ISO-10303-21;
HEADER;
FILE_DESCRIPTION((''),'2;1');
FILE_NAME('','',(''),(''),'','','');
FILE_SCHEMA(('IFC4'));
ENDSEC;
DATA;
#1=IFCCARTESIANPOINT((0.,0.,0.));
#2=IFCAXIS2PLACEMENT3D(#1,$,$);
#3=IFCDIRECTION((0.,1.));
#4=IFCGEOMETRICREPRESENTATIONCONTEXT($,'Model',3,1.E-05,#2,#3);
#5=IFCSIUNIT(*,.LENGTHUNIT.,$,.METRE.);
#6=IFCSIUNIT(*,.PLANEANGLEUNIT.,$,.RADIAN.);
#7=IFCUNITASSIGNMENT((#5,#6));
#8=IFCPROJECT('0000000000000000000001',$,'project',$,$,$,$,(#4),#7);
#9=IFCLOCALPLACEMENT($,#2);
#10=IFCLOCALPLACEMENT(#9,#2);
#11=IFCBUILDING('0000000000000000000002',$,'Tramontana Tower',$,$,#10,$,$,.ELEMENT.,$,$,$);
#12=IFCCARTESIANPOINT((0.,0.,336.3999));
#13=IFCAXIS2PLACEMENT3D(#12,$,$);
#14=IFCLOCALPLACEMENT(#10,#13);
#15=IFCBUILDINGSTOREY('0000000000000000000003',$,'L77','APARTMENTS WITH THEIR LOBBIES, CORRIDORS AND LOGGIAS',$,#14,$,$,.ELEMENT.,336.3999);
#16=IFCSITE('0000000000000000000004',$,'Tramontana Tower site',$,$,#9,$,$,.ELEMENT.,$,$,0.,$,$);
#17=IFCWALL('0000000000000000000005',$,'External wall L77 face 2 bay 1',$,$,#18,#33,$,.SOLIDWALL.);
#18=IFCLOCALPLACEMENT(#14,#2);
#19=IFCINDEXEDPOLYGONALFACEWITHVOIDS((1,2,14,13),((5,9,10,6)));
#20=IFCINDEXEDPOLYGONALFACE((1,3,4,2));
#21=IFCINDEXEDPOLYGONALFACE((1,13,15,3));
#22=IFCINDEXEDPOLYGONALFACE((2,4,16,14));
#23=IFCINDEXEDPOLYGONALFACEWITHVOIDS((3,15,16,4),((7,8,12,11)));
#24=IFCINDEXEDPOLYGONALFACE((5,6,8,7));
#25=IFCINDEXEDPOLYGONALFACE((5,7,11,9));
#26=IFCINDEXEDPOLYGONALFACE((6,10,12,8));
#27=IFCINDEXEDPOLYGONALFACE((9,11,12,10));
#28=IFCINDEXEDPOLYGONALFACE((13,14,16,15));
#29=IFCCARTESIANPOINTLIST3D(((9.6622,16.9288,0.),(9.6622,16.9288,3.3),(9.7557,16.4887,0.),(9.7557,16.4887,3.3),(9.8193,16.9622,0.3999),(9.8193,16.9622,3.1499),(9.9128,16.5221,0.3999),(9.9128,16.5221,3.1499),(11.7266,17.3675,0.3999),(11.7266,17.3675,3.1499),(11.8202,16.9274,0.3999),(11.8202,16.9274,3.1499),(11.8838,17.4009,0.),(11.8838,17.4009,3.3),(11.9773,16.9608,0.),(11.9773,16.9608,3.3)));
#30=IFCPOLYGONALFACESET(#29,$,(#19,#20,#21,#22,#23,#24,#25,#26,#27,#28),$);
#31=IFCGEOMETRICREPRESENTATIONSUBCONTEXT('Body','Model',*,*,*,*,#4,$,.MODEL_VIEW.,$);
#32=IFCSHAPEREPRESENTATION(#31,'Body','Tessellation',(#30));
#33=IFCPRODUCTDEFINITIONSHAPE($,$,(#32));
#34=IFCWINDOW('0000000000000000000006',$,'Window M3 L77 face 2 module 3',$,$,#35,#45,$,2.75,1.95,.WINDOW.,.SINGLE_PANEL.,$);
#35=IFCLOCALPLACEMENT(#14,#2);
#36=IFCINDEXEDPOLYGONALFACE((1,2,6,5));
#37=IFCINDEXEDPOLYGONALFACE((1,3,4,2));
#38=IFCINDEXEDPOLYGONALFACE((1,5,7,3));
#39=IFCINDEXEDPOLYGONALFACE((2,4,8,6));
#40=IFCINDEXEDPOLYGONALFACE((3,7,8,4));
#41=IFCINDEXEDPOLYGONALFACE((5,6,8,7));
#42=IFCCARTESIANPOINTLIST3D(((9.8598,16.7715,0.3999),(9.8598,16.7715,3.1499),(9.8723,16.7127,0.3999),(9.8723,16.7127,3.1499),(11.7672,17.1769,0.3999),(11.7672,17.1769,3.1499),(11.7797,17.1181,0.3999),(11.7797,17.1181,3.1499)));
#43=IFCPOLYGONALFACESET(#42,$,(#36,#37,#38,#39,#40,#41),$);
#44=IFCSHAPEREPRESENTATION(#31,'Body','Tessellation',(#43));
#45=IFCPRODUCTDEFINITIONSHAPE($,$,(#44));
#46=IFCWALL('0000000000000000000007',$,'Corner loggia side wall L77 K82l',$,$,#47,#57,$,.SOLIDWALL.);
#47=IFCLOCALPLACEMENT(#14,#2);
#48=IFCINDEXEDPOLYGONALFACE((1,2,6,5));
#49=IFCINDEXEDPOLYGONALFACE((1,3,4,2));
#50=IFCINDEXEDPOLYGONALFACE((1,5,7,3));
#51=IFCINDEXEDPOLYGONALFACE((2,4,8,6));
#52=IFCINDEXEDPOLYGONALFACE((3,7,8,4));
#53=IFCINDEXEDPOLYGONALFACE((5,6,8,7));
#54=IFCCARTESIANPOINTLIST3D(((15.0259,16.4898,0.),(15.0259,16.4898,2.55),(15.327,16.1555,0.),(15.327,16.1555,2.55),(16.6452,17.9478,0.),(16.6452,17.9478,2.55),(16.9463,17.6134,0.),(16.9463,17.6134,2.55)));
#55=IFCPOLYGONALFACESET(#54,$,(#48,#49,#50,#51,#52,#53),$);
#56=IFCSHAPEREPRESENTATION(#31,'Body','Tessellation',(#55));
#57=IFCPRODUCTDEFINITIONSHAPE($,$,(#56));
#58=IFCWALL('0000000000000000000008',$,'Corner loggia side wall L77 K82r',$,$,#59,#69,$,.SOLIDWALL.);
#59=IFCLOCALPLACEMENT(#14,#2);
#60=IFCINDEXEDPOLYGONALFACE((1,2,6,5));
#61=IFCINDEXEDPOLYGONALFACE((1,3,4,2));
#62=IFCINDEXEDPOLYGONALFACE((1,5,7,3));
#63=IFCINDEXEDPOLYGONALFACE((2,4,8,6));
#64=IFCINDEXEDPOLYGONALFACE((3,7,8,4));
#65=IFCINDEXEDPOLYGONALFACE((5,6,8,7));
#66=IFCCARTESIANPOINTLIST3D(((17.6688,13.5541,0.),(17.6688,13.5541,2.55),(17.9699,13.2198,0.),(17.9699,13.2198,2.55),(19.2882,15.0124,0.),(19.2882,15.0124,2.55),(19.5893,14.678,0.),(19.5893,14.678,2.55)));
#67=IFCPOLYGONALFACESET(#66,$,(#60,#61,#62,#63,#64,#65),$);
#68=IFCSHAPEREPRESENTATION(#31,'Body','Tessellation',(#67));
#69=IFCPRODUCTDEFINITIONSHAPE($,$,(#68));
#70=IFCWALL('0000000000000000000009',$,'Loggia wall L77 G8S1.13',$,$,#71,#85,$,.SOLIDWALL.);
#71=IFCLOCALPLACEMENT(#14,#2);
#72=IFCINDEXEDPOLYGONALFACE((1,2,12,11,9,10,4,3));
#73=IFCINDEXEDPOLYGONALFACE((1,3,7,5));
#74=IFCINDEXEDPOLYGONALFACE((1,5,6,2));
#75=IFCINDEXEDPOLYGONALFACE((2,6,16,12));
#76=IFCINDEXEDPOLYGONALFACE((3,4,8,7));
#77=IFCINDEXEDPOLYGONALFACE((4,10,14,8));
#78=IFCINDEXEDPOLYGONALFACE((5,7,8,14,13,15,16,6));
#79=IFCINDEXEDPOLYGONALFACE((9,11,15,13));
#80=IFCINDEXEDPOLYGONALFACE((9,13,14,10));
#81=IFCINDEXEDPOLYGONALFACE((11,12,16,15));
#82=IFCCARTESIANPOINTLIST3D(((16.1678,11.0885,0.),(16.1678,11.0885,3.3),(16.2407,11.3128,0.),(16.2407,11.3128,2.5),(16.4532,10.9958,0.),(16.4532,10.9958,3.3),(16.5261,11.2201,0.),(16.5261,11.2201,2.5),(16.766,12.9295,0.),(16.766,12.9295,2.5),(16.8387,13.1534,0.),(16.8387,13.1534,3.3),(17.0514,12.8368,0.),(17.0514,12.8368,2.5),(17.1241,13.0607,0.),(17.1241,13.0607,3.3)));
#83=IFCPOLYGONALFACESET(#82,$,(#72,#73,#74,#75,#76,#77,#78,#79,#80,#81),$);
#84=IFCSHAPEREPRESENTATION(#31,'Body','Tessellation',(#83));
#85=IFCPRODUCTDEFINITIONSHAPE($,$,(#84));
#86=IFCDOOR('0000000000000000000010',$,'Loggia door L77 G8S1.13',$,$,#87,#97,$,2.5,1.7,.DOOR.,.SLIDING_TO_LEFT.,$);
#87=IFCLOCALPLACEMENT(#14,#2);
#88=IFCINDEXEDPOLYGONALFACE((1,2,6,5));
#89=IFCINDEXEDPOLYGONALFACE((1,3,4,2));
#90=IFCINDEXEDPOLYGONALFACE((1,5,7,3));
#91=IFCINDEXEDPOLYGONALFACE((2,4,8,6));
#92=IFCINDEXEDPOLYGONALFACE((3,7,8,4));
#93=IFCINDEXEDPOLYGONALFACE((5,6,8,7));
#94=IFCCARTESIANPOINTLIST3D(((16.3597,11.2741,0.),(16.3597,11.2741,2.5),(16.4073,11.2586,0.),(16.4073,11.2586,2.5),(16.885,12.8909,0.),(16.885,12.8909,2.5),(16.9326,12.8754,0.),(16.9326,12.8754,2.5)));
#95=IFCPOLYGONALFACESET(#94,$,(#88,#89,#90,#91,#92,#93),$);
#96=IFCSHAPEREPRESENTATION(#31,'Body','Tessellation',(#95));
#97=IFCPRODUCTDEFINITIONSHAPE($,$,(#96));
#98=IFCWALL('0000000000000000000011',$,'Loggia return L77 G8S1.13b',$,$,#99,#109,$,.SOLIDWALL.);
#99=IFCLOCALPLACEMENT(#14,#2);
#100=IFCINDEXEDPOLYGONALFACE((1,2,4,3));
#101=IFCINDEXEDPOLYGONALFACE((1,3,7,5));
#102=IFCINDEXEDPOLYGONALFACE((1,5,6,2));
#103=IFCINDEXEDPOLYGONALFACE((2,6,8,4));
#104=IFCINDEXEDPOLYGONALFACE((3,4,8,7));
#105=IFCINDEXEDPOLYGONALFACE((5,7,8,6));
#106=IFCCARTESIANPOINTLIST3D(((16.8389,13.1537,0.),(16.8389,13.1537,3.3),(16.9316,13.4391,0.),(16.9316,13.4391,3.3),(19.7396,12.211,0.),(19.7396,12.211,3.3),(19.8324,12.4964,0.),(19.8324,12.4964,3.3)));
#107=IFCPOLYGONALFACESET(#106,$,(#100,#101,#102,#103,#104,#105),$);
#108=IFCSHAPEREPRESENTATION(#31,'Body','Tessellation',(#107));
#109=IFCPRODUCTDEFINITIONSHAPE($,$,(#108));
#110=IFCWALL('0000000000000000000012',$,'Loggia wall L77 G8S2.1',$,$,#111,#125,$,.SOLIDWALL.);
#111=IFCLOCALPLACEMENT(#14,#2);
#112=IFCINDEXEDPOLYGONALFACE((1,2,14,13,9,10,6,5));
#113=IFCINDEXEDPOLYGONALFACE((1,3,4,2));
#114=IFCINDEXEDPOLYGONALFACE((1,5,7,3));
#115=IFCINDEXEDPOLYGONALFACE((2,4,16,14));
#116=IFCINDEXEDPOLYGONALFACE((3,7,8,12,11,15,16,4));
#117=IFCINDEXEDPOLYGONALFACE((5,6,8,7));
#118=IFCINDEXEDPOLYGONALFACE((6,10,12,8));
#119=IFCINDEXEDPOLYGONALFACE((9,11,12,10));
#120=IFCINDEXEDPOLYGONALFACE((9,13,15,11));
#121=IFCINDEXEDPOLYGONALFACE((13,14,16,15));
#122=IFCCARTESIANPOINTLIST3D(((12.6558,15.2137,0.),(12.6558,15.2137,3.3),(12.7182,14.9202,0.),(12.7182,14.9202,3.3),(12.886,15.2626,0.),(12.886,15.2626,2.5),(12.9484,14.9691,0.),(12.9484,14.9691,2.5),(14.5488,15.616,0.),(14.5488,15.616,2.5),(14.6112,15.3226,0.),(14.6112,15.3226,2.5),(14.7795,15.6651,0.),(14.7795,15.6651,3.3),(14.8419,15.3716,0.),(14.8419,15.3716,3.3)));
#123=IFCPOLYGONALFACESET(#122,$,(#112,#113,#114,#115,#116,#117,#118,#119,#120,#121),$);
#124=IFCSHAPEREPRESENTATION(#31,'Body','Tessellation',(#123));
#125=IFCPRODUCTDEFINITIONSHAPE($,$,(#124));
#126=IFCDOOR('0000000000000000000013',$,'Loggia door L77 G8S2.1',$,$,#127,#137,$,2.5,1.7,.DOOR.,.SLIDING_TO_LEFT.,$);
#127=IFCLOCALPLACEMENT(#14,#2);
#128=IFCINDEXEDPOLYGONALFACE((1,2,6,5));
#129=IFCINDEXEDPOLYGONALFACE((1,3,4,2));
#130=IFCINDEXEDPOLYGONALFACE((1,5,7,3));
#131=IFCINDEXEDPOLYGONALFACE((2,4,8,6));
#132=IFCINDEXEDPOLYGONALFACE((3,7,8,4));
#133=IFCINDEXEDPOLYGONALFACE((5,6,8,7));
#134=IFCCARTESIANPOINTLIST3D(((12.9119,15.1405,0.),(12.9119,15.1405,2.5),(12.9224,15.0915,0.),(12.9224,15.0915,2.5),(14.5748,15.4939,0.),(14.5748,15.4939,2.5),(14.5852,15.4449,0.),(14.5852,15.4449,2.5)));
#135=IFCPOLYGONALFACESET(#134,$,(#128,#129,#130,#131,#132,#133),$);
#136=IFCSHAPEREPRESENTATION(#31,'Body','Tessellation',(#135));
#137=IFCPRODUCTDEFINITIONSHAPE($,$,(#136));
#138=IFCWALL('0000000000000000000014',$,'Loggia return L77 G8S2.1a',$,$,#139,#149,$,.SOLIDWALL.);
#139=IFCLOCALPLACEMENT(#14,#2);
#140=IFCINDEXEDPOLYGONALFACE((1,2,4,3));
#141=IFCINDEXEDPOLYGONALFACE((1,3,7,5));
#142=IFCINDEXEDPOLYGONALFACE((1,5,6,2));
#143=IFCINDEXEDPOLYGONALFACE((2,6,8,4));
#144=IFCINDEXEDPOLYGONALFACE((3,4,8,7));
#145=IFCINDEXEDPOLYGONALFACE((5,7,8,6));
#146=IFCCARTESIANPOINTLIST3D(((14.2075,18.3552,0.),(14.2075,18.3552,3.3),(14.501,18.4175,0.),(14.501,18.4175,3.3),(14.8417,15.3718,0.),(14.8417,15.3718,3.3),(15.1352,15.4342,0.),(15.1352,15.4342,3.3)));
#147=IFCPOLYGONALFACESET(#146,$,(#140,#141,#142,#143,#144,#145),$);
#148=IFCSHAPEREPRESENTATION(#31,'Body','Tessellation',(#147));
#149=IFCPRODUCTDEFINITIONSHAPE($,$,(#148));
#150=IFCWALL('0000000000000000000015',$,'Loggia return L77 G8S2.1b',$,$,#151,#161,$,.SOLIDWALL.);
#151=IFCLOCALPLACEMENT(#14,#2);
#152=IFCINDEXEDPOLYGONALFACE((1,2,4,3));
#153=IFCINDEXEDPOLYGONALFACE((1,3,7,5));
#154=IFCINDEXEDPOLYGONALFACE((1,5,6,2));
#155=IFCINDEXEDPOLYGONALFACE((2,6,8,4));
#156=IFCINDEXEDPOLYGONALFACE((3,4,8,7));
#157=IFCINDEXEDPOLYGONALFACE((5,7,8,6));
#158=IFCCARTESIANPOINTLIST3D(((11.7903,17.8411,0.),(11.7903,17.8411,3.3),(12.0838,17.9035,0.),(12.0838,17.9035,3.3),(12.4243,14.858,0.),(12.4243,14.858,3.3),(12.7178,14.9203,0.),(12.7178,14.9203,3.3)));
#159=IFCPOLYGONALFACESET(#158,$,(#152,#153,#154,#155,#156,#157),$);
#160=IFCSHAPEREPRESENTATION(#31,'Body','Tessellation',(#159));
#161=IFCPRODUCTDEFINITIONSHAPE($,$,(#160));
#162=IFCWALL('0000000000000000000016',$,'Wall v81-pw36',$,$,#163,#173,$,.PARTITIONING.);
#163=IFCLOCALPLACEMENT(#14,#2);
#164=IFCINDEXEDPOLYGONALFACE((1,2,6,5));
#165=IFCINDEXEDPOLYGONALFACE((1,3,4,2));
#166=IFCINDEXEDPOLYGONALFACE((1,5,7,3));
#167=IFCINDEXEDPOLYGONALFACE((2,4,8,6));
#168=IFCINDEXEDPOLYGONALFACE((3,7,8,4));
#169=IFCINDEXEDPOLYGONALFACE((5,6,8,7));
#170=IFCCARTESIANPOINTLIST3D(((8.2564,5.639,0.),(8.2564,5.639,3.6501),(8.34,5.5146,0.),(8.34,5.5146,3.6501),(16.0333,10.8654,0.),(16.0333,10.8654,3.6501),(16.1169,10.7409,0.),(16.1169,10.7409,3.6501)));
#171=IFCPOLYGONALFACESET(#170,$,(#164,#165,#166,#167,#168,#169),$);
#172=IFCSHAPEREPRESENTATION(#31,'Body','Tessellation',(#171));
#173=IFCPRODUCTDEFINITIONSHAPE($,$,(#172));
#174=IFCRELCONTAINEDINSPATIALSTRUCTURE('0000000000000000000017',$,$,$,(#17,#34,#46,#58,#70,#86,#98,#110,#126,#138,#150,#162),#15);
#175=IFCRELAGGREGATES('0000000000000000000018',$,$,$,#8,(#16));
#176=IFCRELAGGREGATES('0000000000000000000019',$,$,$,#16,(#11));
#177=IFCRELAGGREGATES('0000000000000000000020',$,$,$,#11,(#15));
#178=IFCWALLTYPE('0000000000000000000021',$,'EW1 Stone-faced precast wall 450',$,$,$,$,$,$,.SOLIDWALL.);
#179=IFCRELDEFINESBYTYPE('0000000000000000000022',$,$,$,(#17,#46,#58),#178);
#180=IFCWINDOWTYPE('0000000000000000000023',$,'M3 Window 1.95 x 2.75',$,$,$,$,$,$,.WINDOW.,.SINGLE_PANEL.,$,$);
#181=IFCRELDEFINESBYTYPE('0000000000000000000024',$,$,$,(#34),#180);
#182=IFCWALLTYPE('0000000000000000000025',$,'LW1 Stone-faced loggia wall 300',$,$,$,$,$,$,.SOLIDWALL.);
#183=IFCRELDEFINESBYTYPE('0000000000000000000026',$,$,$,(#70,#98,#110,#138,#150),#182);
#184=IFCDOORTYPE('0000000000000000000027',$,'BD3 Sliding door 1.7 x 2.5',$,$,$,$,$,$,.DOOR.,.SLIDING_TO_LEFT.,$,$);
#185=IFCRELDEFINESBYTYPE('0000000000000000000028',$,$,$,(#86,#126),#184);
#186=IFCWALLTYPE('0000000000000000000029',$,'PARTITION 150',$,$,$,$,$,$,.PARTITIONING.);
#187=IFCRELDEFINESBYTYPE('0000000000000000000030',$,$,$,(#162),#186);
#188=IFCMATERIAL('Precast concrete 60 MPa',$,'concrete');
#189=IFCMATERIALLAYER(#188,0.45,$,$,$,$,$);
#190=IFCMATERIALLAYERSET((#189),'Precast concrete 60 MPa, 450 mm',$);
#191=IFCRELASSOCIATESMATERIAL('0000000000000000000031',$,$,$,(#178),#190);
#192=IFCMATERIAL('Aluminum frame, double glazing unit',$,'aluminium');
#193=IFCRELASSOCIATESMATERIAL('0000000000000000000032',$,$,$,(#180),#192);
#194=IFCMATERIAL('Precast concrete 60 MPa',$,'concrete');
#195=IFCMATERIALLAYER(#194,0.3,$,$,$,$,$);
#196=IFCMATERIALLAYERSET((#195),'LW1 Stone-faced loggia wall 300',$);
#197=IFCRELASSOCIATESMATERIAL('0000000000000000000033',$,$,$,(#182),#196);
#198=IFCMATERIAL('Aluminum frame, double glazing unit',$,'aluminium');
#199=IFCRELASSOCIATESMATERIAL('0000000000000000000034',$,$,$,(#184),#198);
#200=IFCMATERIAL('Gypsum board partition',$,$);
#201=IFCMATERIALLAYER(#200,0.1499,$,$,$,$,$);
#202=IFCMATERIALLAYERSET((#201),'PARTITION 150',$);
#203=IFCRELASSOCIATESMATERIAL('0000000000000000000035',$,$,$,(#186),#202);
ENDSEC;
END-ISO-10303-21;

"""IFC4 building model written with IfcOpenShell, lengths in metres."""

from ifc_helpers import new_model, si_unit, direction, frame, frame_2d, origin, place, context, subcontext, project, spatial, rectangle, extrude, material, layer, layer_set, type_object, element, fill, save


model = new_model("IFC4")

# Units and contexts
model_context = context("Model", 3, precision=1e-05, world=origin(), true_north=direction((0.0, 1.0)))
body_context = subcontext(model_context, "Body", "Model", "MODEL_VIEW")
ifc_project = project(units=[si_unit("LENGTHUNIT", "METRE"), si_unit("PLANEANGLEUNIT", "RADIAN")], contexts=[model_context])

# Site, building, storey
site_placement = place(None, origin())
site = spatial("IfcSite", under=ifc_project, at=site_placement, Name="Tramontana Tower site", CompositionType="ELEMENT", RefElevation=0.0)
building_placement = place(site_placement, origin())
building = spatial("IfcBuilding", under=site, at=building_placement, Name="Tramontana Tower", CompositionType="ELEMENT")
storey_placement = place(building_placement, frame((0.0, 0.0, 336.3999)))
storey = spatial("IfcBuildingStorey", under=building, at=storey_placement, Name="L77", Description="APARTMENTS WITH THEIR LOBBIES, CORRIDORS AND LOGGIAS", CompositionType="ELEMENT", Elevation=336.3999)

# Wall, opening, window
ifc_material_1 = material(Name="Precast concrete 60 MPa", Category="concrete")
ifc_layer_1 = layer(ifc_material_1, 0.45)
ifc_layer_set_1 = layer_set([ifc_layer_1], Name="Precast concrete 60 MPa, 450 mm")
wall_type_1 = type_object("IfcWallType", Name="EW1 Stone-faced precast wall 450", PredefinedType="SOLIDWALL", material=ifc_layer_set_1)
wall_1_placement = place(storey_placement, frame((11.9307, 17.1809, 0.0), z_axis=(0.0, 0.0, 1.0), x_axis=(-0.978153, -0.207884, 0.0)))
wall_1 = element("IfcWall", 1, at=wall_1_placement, inside=storey, type_object=wall_type_1, Name="External wall L77 face 2 bay 1", PredefinedType="SOLIDWALL", context=body_context, shape_type="SweptSolid", body=[
    extrude(rectangle(XDim=2.2712, YDim=0.45, at=frame_2d((1.1357, 0.0))), origin(), (0.0, 0.0, 1.0), 3.3),
])
opening_1_placement = place(wall_1_placement, frame((0.1606, 0.0, 0.3999)))
opening_1 = element("IfcOpeningElement", 2, at=opening_1_placement, cuts=wall_1, PredefinedType="OPENING", context=body_context, shape_type="SweptSolid", body=[
    extrude(rectangle(XDim=1.95, YDim=2.75, at=frame_2d((0.9751, 1.375))), frame((0.0, 0.2349, 0.0), z_axis=(0.0, -1.0, 0.0), x_axis=(1.0, 0.0, 0.0)), (0.0, 0.0, 1.0), 0.47),
])
ifc_material_2 = material(Name="Aluminum frame, double glazing unit", Category="aluminium")
window_type_1 = type_object("IfcWindowType", Name="M3 Window 1.95 x 2.75", PartitioningType="SINGLE_PANEL", PredefinedType="WINDOW", material=ifc_material_2)
window_1_placement = place(opening_1_placement, origin())
window_1 = element("IfcWindow", 3, at=window_1_placement, inside=storey, type_object=window_type_1, Name="Window M3 L77 face 2 module 3", OverallHeight=2.75, OverallWidth=1.95, PartitioningType="SINGLE_PANEL", PredefinedType="WINDOW", context=body_context, shape_type="SweptSolid", body=[
    extrude(rectangle(XDim=1.95, YDim=2.75, at=frame_2d((0.9751, 1.375))), frame((0.0, 0.03, 0.0), z_axis=(0.0, -1.0, 0.0), x_axis=(1.0, 0.0, 0.0)), (0.0, 0.0, 1.0), 0.0601),
])
fill(opening_1, window_1)

# Walls
wall_2_placement = place(storey_placement, frame((16.7957, 17.7805, 0.0), z_axis=(0.0, 0.0, 1.0), x_axis=(-0.743166, -0.669107, 0.0)))
element("IfcWall", 4, at=wall_2_placement, inside=storey, type_object=wall_type_1, Name="Corner loggia side wall L77 K82l", PredefinedType="SOLIDWALL", context=body_context, shape_type="SweptSolid", body=[
    extrude(rectangle(XDim=2.179, YDim=0.45, at=frame_2d((1.0894, 0.0))), origin(), (0.0, 0.0, 1.0), 2.55),
])
wall_3_placement = place(storey_placement, frame((19.4387, 14.8452, 0.0), z_axis=(0.0, 0.0, 1.0), x_axis=(-0.74311, -0.669169, 0.0)))
element("IfcWall", 5, at=wall_3_placement, inside=storey, type_object=wall_type_1, Name="Corner loggia side wall L77 K82r", PredefinedType="SOLIDWALL", context=body_context, shape_type="SweptSolid", body=[
    extrude(rectangle(XDim=2.1792, YDim=0.45, at=frame_2d((1.0896, 0.0))), origin(), (0.0, 0.0, 1.0), 2.55),
])

# Wall, opening, door
ifc_material_3 = material(Name="Precast concrete 60 MPa", Category="concrete")
ifc_layer_2 = layer(ifc_material_3, 0.3)
ifc_layer_set_2 = layer_set([ifc_layer_2], Name="LW1 Stone-faced loggia wall 300")
wall_type_2 = type_object("IfcWallType", Name="LW1 Stone-faced loggia wall 300", PredefinedType="SOLIDWALL", material=ifc_layer_set_2)
wall_4_placement = place(storey_placement, frame((16.3105, 11.0422, 0.0), z_axis=(0.0, 0.0, 1.0), x_axis=(0.309, 0.951062, 0.0)))
wall_4 = element("IfcWall", 6, at=wall_4_placement, inside=storey, type_object=wall_type_2, Name="Loggia wall L77 G8S1.13", PredefinedType="SOLIDWALL", context=body_context, shape_type="SweptSolid", body=[
    extrude(rectangle(XDim=2.1711, YDim=0.3, at=frame_2d((1.0854, 0.0))), origin(), (0.0, 0.0, 1.0), 3.3),
])
opening_2_placement = place(wall_4_placement, frame((0.2356, 0.0, 0.0)))
opening_2 = element("IfcOpeningElement", 7, at=opening_2_placement, cuts=wall_4, PredefinedType="OPENING", context=body_context, shape_type="SweptSolid", body=[
    extrude(rectangle(XDim=1.7, YDim=2.5, at=frame_2d((0.8501, 1.25))), frame((0.0, 0.1599, 0.0), z_axis=(0.0, -1.0, 0.0), x_axis=(1.0, 0.0, 0.0)), (0.0, 0.0, 1.0), 0.3201),
])
ifc_material_4 = material(Name="Aluminum frame, double glazing unit", Category="aluminium")
door_type_1 = type_object("IfcDoorType", Name="BD3 Sliding door 1.7 x 2.5", OperationType="SLIDING_TO_LEFT", PredefinedType="DOOR", material=ifc_material_4)
door_1_placement = place(opening_2_placement, origin())
door_1 = element("IfcDoor", 8, at=door_1_placement, inside=storey, type_object=door_type_1, Name="Loggia door L77 G8S1.13", OperationType="SLIDING_TO_LEFT", OverallHeight=2.5, OverallWidth=1.7, PredefinedType="DOOR", context=body_context, shape_type="SweptSolid", body=[
    extrude(rectangle(XDim=1.7, YDim=2.5, at=frame_2d((0.8501, 1.25))), frame((0.0, 0.0249, 0.0), z_axis=(0.0, -1.0, 0.0), x_axis=(1.0, 0.0, 0.0)), (0.0, 0.0, 1.0), 0.05),
])
fill(opening_2, door_1)

# Wall
wall_5_placement = place(storey_placement, frame((19.7859, 12.3538, 0.0), z_axis=(0.0, 0.0, 1.0), x_axis=(-0.951042, 0.309063, 0.0)))
element("IfcWall", 9, at=wall_5_placement, inside=storey, type_object=wall_type_2, Name="Loggia return L77 G8S1.13b", PredefinedType="SOLIDWALL", context=body_context, shape_type="SweptSolid", body=[
    extrude(rectangle(XDim=3.05, YDim=0.3, at=frame_2d((1.5249, 0.0))), origin(), (0.0, 0.0, 1.0), 3.3),
])

# Wall, opening, door
wall_6_placement = place(storey_placement, frame((14.8105, 15.5183, 0.0), z_axis=(0.0, 0.0, 1.0), x_axis=(-0.978148, -0.207909, 0.0)))
wall_6 = element("IfcWall", 10, at=wall_6_placement, inside=storey, type_object=wall_type_2, Name="Loggia wall L77 G8S2.1", PredefinedType="SOLIDWALL", context=body_context, shape_type="SweptSolid", body=[
    extrude(rectangle(XDim=2.1711, YDim=0.3, at=frame_2d((1.0854, 0.0))), origin(), (0.0, 0.0, 1.0), 3.3),
])
opening_3_placement = place(wall_6_placement, frame((0.2356, 0.0, 0.0)))
opening_3 = element("IfcOpeningElement", 11, at=opening_3_placement, cuts=wall_6, PredefinedType="OPENING", context=body_context, shape_type="SweptSolid", body=[
    extrude(rectangle(XDim=1.7, YDim=2.5, at=frame_2d((0.8501, 1.25))), frame((0.0, 0.1599, 0.0), z_axis=(0.0, -1.0, 0.0), x_axis=(1.0, 0.0, 0.0)), (0.0, 0.0, 1.0), 0.3201),
])
door_2_placement = place(opening_3_placement, origin())
door_2 = element("IfcDoor", 12, at=door_2_placement, inside=storey, type_object=door_type_1, Name="Loggia door L77 G8S2.1", OperationType="SLIDING_TO_LEFT", OverallHeight=2.5, OverallWidth=1.7, PredefinedType="DOOR", context=body_context, shape_type="SweptSolid", body=[
    extrude(rectangle(XDim=1.7, YDim=2.5, at=frame_2d((0.8501, 1.25))), frame((0.0, 0.0249, 0.0), z_axis=(0.0, -1.0, 0.0), x_axis=(1.0, 0.0, 0.0)), (0.0, 0.0, 1.0), 0.05),
])
fill(opening_3, door_2)

# Walls
wall_7_placement = place(storey_placement, frame((14.3542, 18.3862, 0.0), z_axis=(0.0, 0.0, 1.0), x_axis=(0.207954, -0.978139, 0.0)))
element("IfcWall", 13, at=wall_7_placement, inside=storey, type_object=wall_type_2, Name="Loggia return L77 G8S2.1a", PredefinedType="SOLIDWALL", context=body_context, shape_type="SweptSolid", body=[
    extrude(rectangle(XDim=3.05, YDim=0.3, at=frame_2d((1.5249, 0.0))), origin(), (0.0, 0.0, 1.0), 3.3),
])
wall_8_placement = place(storey_placement, frame((11.937, 17.8723, 0.0), z_axis=(0.0, 0.0, 1.0), x_axis=(0.207894, -0.978151, 0.0)))
element("IfcWall", 14, at=wall_8_placement, inside=storey, type_object=wall_type_2, Name="Loggia return L77 G8S2.1b", PredefinedType="SOLIDWALL", context=body_context, shape_type="SweptSolid", body=[
    extrude(rectangle(XDim=3.0498, YDim=0.3, at=frame_2d((1.5249, 0.0))), origin(), (0.0, 0.0, 1.0), 3.3),
])
ifc_material_5 = material(Name="Gypsum board partition")
ifc_layer_3 = layer(ifc_material_5, 0.1499)
ifc_layer_set_3 = layer_set([ifc_layer_3], Name="PARTITION 150")
wall_type_3 = type_object("IfcWallType", Name="PARTITION 150", PredefinedType="PARTITIONING", material=ifc_layer_set_3)
wall_9_placement = place(storey_placement, frame((16.0752, 10.8032, 0.0), z_axis=(0.0, 0.0, 1.0), x_axis=(-0.829988, -0.557781, 0.0)))
element("IfcWall", 15, at=wall_9_placement, inside=storey, type_object=wall_type_3, Name="Wall v81-pw36", PredefinedType="PARTITIONING", context=body_context, shape_type="SweptSolid", body=[
    extrude(rectangle(XDim=9.3699, YDim=0.1499, at=frame_2d((4.6851, 0.0))), origin(), (0.0, 0.0, 1.0), 3.6501),
])

save(model, "model.ifc")
